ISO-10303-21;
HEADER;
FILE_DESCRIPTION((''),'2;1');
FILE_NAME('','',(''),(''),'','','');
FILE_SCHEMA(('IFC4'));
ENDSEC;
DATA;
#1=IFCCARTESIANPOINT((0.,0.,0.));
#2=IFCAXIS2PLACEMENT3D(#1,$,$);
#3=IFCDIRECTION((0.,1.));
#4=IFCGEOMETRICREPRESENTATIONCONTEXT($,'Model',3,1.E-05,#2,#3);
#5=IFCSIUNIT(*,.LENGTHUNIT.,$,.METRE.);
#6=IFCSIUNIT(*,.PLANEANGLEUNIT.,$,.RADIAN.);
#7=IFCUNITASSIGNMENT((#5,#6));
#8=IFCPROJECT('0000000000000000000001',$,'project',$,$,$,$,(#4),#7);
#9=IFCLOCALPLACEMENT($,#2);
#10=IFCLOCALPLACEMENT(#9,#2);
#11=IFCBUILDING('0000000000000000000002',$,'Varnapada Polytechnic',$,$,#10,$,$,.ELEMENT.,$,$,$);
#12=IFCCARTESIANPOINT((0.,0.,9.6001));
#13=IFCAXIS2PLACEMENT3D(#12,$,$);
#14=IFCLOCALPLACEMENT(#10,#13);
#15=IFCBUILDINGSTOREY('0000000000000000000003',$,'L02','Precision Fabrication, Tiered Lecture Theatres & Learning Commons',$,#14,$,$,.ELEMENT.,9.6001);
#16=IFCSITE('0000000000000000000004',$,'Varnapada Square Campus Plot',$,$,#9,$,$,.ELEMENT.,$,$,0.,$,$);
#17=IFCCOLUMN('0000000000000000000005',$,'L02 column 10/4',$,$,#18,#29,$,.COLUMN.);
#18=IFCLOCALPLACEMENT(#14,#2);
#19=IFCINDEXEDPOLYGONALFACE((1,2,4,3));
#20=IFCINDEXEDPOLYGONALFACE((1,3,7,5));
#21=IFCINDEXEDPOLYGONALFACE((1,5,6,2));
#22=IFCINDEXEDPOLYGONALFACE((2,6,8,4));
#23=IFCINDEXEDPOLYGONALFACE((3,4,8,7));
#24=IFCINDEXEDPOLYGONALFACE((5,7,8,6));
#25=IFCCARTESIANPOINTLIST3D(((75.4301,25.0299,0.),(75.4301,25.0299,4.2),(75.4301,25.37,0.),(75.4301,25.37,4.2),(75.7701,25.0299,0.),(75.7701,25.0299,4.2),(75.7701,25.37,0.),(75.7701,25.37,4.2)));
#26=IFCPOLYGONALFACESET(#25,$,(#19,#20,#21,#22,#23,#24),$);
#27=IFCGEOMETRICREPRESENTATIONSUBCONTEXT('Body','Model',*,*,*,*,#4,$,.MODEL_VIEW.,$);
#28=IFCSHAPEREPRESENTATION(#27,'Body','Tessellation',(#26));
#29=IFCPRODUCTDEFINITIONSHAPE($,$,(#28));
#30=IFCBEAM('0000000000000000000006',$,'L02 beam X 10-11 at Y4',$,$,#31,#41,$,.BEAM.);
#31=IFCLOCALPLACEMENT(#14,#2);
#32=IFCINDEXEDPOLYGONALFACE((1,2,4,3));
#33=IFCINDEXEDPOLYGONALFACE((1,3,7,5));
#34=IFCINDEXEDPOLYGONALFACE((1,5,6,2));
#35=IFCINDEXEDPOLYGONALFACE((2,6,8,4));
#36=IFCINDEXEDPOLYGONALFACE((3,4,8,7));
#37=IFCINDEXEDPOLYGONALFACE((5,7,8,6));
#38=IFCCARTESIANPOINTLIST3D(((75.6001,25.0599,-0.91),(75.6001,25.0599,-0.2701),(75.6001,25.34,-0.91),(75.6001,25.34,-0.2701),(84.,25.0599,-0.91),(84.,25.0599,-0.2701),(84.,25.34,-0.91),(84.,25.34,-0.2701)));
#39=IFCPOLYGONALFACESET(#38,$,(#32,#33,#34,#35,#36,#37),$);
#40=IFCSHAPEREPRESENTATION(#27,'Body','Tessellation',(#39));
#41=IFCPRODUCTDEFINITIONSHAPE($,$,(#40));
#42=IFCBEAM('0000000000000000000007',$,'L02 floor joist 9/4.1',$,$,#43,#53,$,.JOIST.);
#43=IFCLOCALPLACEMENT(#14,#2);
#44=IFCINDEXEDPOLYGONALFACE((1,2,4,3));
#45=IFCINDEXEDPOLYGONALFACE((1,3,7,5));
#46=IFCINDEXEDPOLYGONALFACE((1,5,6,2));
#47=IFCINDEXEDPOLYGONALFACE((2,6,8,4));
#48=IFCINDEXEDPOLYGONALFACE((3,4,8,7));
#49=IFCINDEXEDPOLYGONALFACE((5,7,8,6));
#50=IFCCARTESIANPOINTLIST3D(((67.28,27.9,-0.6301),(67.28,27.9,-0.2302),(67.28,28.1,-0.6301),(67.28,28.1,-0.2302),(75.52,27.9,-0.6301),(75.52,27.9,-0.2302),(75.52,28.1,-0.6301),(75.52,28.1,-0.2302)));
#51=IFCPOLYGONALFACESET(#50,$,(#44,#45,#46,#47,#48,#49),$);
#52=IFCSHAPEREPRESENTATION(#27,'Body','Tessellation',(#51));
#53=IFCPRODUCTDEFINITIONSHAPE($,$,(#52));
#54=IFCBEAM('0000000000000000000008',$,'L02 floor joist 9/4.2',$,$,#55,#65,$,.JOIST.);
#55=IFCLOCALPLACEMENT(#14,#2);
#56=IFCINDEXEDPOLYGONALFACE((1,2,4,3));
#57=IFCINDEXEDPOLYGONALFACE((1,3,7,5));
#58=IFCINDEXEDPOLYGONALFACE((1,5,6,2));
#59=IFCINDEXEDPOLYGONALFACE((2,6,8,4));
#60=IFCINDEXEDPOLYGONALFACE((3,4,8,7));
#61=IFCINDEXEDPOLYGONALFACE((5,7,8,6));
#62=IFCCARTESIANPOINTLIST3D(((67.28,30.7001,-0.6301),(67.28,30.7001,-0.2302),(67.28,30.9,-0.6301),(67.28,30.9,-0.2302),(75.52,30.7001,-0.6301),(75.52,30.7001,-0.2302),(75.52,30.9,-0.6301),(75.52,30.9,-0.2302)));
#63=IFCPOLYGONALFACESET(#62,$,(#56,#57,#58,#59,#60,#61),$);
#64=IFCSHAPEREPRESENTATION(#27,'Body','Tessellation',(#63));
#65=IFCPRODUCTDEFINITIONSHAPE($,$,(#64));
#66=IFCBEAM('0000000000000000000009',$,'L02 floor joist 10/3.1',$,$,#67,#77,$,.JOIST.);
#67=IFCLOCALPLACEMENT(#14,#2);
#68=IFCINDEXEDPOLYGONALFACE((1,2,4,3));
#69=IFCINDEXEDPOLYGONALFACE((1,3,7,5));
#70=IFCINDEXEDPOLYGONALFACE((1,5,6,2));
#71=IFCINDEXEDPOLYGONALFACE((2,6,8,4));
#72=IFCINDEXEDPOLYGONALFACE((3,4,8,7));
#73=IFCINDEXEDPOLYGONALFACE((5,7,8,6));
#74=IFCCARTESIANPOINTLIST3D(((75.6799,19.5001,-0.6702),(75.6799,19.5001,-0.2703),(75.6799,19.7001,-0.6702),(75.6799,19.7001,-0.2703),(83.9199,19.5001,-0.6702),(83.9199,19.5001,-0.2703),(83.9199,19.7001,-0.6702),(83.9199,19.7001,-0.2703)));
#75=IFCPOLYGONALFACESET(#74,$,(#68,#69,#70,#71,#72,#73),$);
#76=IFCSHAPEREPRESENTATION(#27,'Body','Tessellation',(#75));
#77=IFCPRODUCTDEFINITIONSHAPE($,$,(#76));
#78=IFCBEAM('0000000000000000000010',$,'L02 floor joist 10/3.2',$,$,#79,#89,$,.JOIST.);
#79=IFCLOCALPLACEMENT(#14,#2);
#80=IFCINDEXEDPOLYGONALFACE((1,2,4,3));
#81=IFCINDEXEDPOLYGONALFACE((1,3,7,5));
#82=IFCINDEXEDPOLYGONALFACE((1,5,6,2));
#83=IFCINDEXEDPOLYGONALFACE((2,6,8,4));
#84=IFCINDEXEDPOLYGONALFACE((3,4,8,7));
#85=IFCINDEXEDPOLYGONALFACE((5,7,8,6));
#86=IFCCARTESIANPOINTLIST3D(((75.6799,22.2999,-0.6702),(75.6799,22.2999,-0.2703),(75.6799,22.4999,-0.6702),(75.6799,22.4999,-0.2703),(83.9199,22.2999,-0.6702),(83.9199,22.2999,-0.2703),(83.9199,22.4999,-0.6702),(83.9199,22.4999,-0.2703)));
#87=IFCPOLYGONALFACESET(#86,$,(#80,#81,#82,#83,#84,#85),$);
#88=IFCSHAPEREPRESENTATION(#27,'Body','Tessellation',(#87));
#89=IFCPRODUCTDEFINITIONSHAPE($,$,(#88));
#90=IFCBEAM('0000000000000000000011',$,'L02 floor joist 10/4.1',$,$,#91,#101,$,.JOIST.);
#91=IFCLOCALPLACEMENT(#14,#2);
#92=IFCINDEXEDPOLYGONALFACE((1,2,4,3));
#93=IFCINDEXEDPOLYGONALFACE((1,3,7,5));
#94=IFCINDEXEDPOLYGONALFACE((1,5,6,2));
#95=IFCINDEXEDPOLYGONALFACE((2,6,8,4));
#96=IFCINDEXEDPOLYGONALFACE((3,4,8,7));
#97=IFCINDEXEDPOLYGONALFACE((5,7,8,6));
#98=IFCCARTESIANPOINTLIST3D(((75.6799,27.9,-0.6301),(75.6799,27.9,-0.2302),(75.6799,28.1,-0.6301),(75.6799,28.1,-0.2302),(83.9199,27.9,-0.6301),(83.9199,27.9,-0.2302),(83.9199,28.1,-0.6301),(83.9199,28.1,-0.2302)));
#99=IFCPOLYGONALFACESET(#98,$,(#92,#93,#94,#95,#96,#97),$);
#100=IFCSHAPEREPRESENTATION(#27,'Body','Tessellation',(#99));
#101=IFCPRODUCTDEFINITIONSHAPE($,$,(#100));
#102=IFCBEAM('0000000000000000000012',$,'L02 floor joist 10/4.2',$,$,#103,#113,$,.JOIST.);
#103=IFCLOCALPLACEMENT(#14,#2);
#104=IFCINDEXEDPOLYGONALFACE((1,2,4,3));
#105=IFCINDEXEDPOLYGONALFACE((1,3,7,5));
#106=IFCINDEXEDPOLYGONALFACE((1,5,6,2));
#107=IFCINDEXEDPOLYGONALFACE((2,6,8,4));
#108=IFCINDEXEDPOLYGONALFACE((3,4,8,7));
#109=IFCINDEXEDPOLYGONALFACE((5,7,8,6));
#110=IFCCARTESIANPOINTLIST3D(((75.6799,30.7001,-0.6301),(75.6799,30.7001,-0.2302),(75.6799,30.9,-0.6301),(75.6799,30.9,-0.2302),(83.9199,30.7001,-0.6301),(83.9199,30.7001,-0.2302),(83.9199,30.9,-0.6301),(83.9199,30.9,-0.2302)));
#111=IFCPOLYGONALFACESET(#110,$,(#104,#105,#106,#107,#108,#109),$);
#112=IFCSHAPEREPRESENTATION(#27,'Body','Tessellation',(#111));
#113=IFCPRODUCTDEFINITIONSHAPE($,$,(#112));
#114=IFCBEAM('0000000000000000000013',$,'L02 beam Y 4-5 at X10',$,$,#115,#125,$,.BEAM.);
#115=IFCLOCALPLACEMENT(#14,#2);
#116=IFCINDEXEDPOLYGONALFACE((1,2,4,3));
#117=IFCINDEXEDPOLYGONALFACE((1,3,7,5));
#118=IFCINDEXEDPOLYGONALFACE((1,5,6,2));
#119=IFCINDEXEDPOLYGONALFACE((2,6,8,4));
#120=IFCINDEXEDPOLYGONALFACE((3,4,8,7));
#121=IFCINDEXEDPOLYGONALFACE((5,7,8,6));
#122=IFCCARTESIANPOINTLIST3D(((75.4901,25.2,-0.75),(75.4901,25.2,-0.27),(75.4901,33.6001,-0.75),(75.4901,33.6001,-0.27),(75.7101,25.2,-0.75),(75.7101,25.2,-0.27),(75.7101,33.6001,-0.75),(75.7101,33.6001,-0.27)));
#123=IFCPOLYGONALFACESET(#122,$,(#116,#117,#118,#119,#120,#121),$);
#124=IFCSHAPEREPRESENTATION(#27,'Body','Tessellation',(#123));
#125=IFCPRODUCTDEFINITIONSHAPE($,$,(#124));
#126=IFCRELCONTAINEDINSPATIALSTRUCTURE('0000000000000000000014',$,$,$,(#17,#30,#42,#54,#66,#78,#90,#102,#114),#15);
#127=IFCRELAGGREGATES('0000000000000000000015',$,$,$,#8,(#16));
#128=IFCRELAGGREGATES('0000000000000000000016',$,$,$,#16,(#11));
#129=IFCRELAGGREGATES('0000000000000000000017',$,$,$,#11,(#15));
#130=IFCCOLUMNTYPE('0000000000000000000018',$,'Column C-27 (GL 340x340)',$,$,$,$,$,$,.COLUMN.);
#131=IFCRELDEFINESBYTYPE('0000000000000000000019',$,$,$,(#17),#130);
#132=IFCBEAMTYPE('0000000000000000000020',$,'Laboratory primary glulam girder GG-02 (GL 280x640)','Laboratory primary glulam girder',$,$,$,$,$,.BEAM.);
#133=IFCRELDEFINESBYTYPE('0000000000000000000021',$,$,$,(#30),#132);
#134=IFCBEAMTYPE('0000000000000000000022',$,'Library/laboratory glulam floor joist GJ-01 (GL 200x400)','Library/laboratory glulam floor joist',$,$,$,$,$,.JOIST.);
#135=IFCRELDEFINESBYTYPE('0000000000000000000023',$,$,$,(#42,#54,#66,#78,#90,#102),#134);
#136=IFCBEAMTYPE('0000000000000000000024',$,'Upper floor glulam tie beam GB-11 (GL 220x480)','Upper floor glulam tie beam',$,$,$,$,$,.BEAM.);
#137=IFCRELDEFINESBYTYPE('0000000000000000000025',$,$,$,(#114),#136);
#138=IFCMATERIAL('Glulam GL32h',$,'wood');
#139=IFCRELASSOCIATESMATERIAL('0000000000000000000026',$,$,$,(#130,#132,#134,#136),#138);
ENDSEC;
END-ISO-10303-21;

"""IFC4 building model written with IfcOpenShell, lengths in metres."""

from ifc_helpers import new_model, si_unit, direction, frame, origin, origin_2d, place, context, subcontext, project, spatial, rectangle, extrude, material, material_profile, profile_set, type_object, element, save


model = new_model("IFC4")

# Units and contexts
model_context = context("Model", 3, precision=1e-05, world=origin(), true_north=direction((0.0, 1.0)))
body_context = subcontext(model_context, "Body", "Model", "MODEL_VIEW")
ifc_project = project(units=[si_unit("LENGTHUNIT", "METRE"), si_unit("PLANEANGLEUNIT", "RADIAN")], contexts=[model_context])

# Site, building, storey
site_placement = place(None, origin())
site = spatial("IfcSite", under=ifc_project, at=site_placement, Name="Varnapada Square Campus Plot", CompositionType="ELEMENT", RefElevation=0.0)
building_placement = place(site_placement, origin())
building = spatial("IfcBuilding", under=site, at=building_placement, Name="Varnapada Polytechnic", CompositionType="ELEMENT")
storey_placement = place(building_placement, frame((0.0, 0.0, 9.6001)))
storey = spatial("IfcBuildingStorey", under=building, at=storey_placement, Name="L02", Description="Precision Fabrication, Tiered Lecture Theatres & Learning Commons", CompositionType="ELEMENT", Elevation=9.6001)

# Column
ifc_material_1 = material(Name="Glulam GL32h", Category="wood")
ifc_material_profile_1 = material_profile(ifc_material_1, rectangle(XDim=0.3401, YDim=0.3401, at=origin_2d()), Name="GL 340x340")
ifc_profile_set_1 = profile_set([ifc_material_profile_1], Name="Glulam GL32h")
column_type = type_object("IfcColumnType", Name="Column C-27 (GL 340x340)", PredefinedType="COLUMN", material=ifc_profile_set_1)
column_placement = place(storey_placement, frame((75.6001, 25.2, 0.0), z_axis=(0.0, 0.0, 1.0), x_axis=(1.0, 0.0, 0.0)))
element("IfcColumn", 1, at=column_placement, inside=storey, type_object=column_type, Name="L02 column 10/4", PredefinedType="COLUMN", context=body_context, shape_type="SweptSolid", body=[
    extrude(rectangle(XDim=0.3401, YDim=0.3401, at=origin_2d()), origin(), (0.0, 0.0, 1.0), 4.2),
])

# Beams
ifc_material_profile_2 = material_profile(ifc_material_1, rectangle(XDim=0.28, YDim=0.6399, at=origin_2d()), Name="GL 280x640")
ifc_profile_set_2 = profile_set([ifc_material_profile_2], Name="Glulam GL32h")
beam_type_1 = type_object("IfcBeamType", Name="Laboratory primary glulam girder GG-02 (GL 280x640)", Description="Laboratory primary glulam girder", PredefinedType="BEAM", material=ifc_profile_set_2)
beam_1_placement = place(storey_placement, frame((75.6001, 25.2, -0.5901), z_axis=(1.0, 0.0, 0.0), x_axis=(0.0, 1.0, 0.0)))
element("IfcBeam", 2, at=beam_1_placement, inside=storey, type_object=beam_type_1, Name="L02 beam X 10-11 at Y4", PredefinedType="BEAM", context=body_context, shape_type="SweptSolid", body=[
    extrude(rectangle(XDim=0.28, YDim=0.6399, at=origin_2d()), origin(), (0.0, 0.0, 1.0), 8.3999),
])
ifc_material_profile_3 = material_profile(ifc_material_1, rectangle(XDim=0.2, YDim=0.3999, at=origin_2d()), Name="GL 200x400")
ifc_profile_set_3 = profile_set([ifc_material_profile_3], Name="Glulam GL32h")
beam_type_2 = type_object("IfcBeamType", Name="Library/laboratory glulam floor joist GJ-01 (GL 200x400)", Description="Library/laboratory glulam floor joist", PredefinedType="JOIST", material=ifc_profile_set_3)
for number, where, z_axis, x_axis, name in (
    (3, (67.28, 28.0, -0.4302), (1.0, 0.0, 0.0), (0.0, 1.0, 0.0), "L02 floor joist 9/4.1"),
    (4, (67.28, 30.8, -0.4302), (1.0, 0.0, 0.0), (0.0, 1.0, 0.0), "L02 floor joist 9/4.2"),
    (5, (75.6799, 19.6001, -0.4702), (1.0, 0.0, 0.0), (0.0, 1.0, 0.0), "L02 floor joist 10/3.1"),
    (6, (75.6799, 22.3999, -0.4702), (1.0, 0.0, 0.0), (0.0, 1.0, 0.0), "L02 floor joist 10/3.2"),
    (7, (75.6799, 28.0, -0.4302), (1.0, 0.0, 0.0), (0.0, 1.0, 0.0), "L02 floor joist 10/4.1"),
    (8, (75.6799, 30.8, -0.4302), (1.0, 0.0, 0.0), (0.0, 1.0, 0.0), "L02 floor joist 10/4.2"),
):
    element("IfcBeam", number, at=place(storey_placement, frame(where, z_axis=z_axis, x_axis=x_axis)), inside=storey, type_object=beam_type_2, Name=name, PredefinedType="JOIST", context=body_context, shape_type="SweptSolid", body=[
        extrude(rectangle(XDim=0.2, YDim=0.3999, at=origin_2d()), origin(), (0.0, 0.0, 1.0), 8.24),
    ])
ifc_material_profile_4 = material_profile(ifc_material_1, rectangle(XDim=0.22, YDim=0.48, at=origin_2d()), Name="GL 220x480")
ifc_profile_set_4 = profile_set([ifc_material_profile_4], Name="Glulam GL32h")
beam_type_3 = type_object("IfcBeamType", Name="Upper floor glulam tie beam GB-11 (GL 220x480)", Description="Upper floor glulam tie beam", PredefinedType="BEAM", material=ifc_profile_set_4)
beam_2_placement = place(storey_placement, frame((75.6001, 25.2, -0.51), z_axis=(0.0, 1.0, 0.0), x_axis=(-1.0, 0.0, 0.0)))
element("IfcBeam", 9, at=beam_2_placement, inside=storey, type_object=beam_type_3, Name="L02 beam Y 4-5 at X10", PredefinedType="BEAM", context=body_context, shape_type="SweptSolid", body=[
    extrude(rectangle(XDim=0.22, YDim=0.48, at=origin_2d()), origin(), (0.0, 0.0, 1.0), 8.4001),
])

save(model, "model.ifc")
